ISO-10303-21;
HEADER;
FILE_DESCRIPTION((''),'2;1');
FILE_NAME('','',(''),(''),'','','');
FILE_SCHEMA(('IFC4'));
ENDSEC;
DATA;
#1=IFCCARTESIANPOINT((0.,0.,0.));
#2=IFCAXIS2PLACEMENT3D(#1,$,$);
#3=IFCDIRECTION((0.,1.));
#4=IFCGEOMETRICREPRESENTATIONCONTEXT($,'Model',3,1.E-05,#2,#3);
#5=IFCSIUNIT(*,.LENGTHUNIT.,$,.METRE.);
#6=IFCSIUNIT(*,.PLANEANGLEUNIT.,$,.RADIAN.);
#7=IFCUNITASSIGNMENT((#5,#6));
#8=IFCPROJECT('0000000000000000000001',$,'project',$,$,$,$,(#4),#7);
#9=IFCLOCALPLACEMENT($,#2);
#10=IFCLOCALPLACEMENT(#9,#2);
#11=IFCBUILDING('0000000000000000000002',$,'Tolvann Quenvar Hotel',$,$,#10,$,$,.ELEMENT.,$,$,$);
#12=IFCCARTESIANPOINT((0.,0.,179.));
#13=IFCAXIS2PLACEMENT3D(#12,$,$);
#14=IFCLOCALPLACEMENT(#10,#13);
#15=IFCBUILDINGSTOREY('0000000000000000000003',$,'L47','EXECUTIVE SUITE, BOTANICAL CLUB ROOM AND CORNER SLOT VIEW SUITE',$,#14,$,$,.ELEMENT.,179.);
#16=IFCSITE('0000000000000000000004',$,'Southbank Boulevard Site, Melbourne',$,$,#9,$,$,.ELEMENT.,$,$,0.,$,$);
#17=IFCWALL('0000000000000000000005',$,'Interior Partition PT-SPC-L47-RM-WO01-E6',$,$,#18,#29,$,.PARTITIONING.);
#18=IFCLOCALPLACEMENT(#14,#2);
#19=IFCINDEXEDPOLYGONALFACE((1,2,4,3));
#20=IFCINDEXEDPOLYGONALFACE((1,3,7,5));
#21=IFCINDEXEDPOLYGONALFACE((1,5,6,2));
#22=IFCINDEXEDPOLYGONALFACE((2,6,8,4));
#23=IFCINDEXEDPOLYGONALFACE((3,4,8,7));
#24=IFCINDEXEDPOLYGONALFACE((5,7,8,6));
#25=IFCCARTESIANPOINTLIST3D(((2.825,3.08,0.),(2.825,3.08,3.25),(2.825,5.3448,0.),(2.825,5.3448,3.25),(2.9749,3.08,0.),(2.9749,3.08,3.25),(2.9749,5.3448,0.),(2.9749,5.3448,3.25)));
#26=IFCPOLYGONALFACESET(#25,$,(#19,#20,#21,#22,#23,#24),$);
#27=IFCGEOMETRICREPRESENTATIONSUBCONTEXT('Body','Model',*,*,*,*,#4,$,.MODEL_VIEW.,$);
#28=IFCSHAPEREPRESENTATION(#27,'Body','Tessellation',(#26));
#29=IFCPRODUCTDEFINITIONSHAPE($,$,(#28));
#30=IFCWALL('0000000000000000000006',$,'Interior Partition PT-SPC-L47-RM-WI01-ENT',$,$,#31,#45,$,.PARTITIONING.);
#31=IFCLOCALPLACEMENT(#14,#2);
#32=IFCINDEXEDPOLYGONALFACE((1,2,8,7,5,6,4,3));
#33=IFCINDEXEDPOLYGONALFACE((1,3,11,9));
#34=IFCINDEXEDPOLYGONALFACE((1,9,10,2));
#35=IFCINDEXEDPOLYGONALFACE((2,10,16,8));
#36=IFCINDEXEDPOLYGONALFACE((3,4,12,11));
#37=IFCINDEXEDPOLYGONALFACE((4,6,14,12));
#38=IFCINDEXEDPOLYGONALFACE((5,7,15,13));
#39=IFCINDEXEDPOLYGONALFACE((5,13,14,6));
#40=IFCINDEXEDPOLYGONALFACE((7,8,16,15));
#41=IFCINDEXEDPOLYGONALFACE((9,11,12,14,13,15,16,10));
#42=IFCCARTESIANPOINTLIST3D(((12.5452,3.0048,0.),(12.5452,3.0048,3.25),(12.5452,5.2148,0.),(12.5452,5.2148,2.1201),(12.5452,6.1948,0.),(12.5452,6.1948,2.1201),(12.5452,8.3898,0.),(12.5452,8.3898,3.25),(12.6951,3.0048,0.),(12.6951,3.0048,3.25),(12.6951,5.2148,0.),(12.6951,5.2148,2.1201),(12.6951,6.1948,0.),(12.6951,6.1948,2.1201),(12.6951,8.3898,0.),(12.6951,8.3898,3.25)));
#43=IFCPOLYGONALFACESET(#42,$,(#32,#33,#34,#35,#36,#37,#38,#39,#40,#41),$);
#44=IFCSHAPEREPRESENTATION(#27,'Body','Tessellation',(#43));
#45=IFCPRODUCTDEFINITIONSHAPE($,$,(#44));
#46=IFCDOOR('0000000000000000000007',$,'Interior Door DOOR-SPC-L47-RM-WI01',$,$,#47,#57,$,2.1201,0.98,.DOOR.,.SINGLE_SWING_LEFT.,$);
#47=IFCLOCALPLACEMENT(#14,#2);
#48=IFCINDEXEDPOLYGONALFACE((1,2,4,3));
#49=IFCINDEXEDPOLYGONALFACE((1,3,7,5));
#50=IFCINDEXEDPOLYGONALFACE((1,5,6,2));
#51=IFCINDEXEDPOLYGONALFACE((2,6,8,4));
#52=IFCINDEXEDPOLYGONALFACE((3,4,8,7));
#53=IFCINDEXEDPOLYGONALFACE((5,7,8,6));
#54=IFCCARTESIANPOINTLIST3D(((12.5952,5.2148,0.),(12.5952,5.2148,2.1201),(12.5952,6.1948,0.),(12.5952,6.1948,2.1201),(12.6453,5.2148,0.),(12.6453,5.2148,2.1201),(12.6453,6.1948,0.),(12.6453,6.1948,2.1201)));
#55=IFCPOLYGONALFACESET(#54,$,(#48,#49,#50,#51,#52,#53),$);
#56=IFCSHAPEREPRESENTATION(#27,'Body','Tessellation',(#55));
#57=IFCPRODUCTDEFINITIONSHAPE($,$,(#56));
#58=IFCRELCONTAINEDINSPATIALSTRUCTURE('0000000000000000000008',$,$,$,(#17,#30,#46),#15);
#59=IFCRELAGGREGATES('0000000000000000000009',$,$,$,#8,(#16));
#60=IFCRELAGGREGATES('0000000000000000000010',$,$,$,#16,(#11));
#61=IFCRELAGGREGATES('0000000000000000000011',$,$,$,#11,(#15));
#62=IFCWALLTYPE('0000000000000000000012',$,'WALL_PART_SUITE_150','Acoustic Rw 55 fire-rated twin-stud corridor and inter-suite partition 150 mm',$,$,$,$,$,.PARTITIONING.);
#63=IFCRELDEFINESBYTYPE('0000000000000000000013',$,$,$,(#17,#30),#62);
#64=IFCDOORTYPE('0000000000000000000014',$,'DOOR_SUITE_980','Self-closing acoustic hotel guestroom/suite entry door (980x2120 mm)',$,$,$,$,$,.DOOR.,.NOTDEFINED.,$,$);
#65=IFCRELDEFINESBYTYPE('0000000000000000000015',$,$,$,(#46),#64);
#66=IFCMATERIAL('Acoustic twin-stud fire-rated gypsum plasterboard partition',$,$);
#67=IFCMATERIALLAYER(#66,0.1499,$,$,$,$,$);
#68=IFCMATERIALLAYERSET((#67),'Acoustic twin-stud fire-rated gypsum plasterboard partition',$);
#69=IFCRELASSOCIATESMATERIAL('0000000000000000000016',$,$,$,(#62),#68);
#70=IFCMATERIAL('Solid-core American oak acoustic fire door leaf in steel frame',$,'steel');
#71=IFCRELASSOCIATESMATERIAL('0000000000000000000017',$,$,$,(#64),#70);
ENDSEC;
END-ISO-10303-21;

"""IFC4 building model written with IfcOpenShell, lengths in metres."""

from ifc_helpers import new_model, si_unit, direction, frame, frame_2d, origin, place, context, subcontext, project, spatial, rectangle, extrude, source, transform, mapped, material, layer, layer_set, type_object, type_shapes, element, fill, save


model = new_model("IFC4")

# Units and contexts
model_context = context("Model", 3, precision=1e-05, world=origin(), true_north=direction((0.0, 1.0)))
body_context = subcontext(model_context, "Body", "Model", "MODEL_VIEW")
ifc_project = project(units=[si_unit("LENGTHUNIT", "METRE"), si_unit("PLANEANGLEUNIT", "RADIAN")], contexts=[model_context])

# Site, building, storey
site_placement = place(None, origin())
site = spatial("IfcSite", under=ifc_project, at=site_placement, Name="Southbank Boulevard Site, Melbourne", CompositionType="ELEMENT", RefElevation=0.0)
building_placement = place(site_placement, origin())
building = spatial("IfcBuilding", under=site, at=building_placement, Name="Tolvann Quenvar Hotel", CompositionType="ELEMENT")
storey_placement = place(building_placement, frame((0.0, 0.0, 179.0)))
storey = spatial("IfcBuildingStorey", under=building, at=storey_placement, Name="L47", Description="EXECUTIVE SUITE, BOTANICAL CLUB ROOM AND CORNER SLOT VIEW SUITE", CompositionType="ELEMENT", Elevation=179.0)

# Shared definitions
ifc_material_1 = material(Name="Acoustic twin-stud fire-rated gypsum plasterboard partition")
ifc_layer_1 = layer(ifc_material_1, 0.1499)
ifc_layer_set_1 = layer_set([ifc_layer_1], Name="Acoustic twin-stud fire-rated gypsum plasterboard partition")
wall_type_1 = type_object("IfcWallType", Name="WALL_PART_SUITE_150", Description="Acoustic Rw 55 fire-rated twin-stud corridor and inter-suite partition 150 mm", PredefinedType="PARTITIONING", material=ifc_layer_set_1)
ifc_material_2 = material(Name="Solid-core American oak acoustic fire door leaf in steel frame", Category="steel")

# Shared definitions
door_type_1 = type_object("IfcDoorType", Name="DOOR_SUITE_980", Description="Self-closing acoustic hotel guestroom/suite entry door (980x2120 mm)", OperationType="NOTDEFINED", PredefinedType="DOOR", material=ifc_material_2)
shared_shape_1 = source(origin(), body_context, "Body", "SweptSolid", [
    extrude(rectangle(XDim=0.98, YDim=2.1201, at=frame_2d((0.49, 1.0601))), frame((0.0, 0.0249, 0.0), z_axis=(0.0, -1.0, 0.0), x_axis=(1.0, 0.0, 0.0)), (0.0, 0.0, 1.0), 0.05),
])
type_shapes(door_type_1, [shared_shape_1])

# Wall
wall_1_placement = place(storey_placement, frame((2.8999, 3.0801, 0.0), z_axis=(0.0, 0.0, 1.0), x_axis=(0.0, 1.0, 0.0)))
element("IfcWall", 1, at=wall_1_placement, inside=storey, type_object=wall_type_1, Name="Interior Partition PT-SPC-L47-RM-WO01-E6", PredefinedType="PARTITIONING", context=body_context, shape_type="SweptSolid", body=[
    extrude(rectangle(XDim=2.2649, YDim=0.1499, at=frame_2d((1.1323, 0.0))), origin(), (0.0, 0.0, 1.0), 3.25),
])

# Wall, opening, door
wall_2_placement = place(storey_placement, frame((12.6201, 3.0049, 0.0), z_axis=(0.0, 0.0, 1.0), x_axis=(0.0, 1.0, 0.0)))
wall_2 = element("IfcWall", 2, at=wall_2_placement, inside=storey, type_object=wall_type_1, Name="Interior Partition PT-SPC-L47-RM-WI01-ENT", PredefinedType="PARTITIONING", context=body_context, shape_type="SweptSolid", body=[
    extrude(rectangle(XDim=5.385, YDim=0.1499, at=frame_2d((2.6924, 0.0))), origin(), (0.0, 0.0, 1.0), 3.25),
])
opening_1_placement = place(wall_2_placement, frame((2.21, 0.0, 0.0)))
opening_1 = element("IfcOpeningElement", 3, at=opening_1_placement, cuts=wall_2, PredefinedType="OPENING", context=body_context, shape_type="SweptSolid", body=[
    extrude(rectangle(XDim=0.98, YDim=2.1201, at=frame_2d((0.49, 1.0601))), frame((0.0, 0.085, 0.0), z_axis=(0.0, -1.0, 0.0), x_axis=(1.0, 0.0, 0.0)), (0.0, 0.0, 1.0), 0.1699),
])
door_1_placement = place(opening_1_placement, origin())
door_1 = element("IfcDoor", 4, at=door_1_placement, inside=storey, type_object=door_type_1, Name="Interior Door DOOR-SPC-L47-RM-WI01", OperationType="SINGLE_SWING_LEFT", OverallHeight=2.1201, OverallWidth=0.98, PredefinedType="DOOR", context=body_context, shape_type="MappedRepresentation", body=[
    mapped(shared_shape_1, transform((0.0, 0.0, 0.0), x_axis=(1.0, 0.0, 0.0), y_axis=(0.0, 1.0, 0.0), z_axis=(0.0, 0.0, 1.0), scale=1.0)),
])
fill(opening_1, door_1)

save(model, "model.ifc")
